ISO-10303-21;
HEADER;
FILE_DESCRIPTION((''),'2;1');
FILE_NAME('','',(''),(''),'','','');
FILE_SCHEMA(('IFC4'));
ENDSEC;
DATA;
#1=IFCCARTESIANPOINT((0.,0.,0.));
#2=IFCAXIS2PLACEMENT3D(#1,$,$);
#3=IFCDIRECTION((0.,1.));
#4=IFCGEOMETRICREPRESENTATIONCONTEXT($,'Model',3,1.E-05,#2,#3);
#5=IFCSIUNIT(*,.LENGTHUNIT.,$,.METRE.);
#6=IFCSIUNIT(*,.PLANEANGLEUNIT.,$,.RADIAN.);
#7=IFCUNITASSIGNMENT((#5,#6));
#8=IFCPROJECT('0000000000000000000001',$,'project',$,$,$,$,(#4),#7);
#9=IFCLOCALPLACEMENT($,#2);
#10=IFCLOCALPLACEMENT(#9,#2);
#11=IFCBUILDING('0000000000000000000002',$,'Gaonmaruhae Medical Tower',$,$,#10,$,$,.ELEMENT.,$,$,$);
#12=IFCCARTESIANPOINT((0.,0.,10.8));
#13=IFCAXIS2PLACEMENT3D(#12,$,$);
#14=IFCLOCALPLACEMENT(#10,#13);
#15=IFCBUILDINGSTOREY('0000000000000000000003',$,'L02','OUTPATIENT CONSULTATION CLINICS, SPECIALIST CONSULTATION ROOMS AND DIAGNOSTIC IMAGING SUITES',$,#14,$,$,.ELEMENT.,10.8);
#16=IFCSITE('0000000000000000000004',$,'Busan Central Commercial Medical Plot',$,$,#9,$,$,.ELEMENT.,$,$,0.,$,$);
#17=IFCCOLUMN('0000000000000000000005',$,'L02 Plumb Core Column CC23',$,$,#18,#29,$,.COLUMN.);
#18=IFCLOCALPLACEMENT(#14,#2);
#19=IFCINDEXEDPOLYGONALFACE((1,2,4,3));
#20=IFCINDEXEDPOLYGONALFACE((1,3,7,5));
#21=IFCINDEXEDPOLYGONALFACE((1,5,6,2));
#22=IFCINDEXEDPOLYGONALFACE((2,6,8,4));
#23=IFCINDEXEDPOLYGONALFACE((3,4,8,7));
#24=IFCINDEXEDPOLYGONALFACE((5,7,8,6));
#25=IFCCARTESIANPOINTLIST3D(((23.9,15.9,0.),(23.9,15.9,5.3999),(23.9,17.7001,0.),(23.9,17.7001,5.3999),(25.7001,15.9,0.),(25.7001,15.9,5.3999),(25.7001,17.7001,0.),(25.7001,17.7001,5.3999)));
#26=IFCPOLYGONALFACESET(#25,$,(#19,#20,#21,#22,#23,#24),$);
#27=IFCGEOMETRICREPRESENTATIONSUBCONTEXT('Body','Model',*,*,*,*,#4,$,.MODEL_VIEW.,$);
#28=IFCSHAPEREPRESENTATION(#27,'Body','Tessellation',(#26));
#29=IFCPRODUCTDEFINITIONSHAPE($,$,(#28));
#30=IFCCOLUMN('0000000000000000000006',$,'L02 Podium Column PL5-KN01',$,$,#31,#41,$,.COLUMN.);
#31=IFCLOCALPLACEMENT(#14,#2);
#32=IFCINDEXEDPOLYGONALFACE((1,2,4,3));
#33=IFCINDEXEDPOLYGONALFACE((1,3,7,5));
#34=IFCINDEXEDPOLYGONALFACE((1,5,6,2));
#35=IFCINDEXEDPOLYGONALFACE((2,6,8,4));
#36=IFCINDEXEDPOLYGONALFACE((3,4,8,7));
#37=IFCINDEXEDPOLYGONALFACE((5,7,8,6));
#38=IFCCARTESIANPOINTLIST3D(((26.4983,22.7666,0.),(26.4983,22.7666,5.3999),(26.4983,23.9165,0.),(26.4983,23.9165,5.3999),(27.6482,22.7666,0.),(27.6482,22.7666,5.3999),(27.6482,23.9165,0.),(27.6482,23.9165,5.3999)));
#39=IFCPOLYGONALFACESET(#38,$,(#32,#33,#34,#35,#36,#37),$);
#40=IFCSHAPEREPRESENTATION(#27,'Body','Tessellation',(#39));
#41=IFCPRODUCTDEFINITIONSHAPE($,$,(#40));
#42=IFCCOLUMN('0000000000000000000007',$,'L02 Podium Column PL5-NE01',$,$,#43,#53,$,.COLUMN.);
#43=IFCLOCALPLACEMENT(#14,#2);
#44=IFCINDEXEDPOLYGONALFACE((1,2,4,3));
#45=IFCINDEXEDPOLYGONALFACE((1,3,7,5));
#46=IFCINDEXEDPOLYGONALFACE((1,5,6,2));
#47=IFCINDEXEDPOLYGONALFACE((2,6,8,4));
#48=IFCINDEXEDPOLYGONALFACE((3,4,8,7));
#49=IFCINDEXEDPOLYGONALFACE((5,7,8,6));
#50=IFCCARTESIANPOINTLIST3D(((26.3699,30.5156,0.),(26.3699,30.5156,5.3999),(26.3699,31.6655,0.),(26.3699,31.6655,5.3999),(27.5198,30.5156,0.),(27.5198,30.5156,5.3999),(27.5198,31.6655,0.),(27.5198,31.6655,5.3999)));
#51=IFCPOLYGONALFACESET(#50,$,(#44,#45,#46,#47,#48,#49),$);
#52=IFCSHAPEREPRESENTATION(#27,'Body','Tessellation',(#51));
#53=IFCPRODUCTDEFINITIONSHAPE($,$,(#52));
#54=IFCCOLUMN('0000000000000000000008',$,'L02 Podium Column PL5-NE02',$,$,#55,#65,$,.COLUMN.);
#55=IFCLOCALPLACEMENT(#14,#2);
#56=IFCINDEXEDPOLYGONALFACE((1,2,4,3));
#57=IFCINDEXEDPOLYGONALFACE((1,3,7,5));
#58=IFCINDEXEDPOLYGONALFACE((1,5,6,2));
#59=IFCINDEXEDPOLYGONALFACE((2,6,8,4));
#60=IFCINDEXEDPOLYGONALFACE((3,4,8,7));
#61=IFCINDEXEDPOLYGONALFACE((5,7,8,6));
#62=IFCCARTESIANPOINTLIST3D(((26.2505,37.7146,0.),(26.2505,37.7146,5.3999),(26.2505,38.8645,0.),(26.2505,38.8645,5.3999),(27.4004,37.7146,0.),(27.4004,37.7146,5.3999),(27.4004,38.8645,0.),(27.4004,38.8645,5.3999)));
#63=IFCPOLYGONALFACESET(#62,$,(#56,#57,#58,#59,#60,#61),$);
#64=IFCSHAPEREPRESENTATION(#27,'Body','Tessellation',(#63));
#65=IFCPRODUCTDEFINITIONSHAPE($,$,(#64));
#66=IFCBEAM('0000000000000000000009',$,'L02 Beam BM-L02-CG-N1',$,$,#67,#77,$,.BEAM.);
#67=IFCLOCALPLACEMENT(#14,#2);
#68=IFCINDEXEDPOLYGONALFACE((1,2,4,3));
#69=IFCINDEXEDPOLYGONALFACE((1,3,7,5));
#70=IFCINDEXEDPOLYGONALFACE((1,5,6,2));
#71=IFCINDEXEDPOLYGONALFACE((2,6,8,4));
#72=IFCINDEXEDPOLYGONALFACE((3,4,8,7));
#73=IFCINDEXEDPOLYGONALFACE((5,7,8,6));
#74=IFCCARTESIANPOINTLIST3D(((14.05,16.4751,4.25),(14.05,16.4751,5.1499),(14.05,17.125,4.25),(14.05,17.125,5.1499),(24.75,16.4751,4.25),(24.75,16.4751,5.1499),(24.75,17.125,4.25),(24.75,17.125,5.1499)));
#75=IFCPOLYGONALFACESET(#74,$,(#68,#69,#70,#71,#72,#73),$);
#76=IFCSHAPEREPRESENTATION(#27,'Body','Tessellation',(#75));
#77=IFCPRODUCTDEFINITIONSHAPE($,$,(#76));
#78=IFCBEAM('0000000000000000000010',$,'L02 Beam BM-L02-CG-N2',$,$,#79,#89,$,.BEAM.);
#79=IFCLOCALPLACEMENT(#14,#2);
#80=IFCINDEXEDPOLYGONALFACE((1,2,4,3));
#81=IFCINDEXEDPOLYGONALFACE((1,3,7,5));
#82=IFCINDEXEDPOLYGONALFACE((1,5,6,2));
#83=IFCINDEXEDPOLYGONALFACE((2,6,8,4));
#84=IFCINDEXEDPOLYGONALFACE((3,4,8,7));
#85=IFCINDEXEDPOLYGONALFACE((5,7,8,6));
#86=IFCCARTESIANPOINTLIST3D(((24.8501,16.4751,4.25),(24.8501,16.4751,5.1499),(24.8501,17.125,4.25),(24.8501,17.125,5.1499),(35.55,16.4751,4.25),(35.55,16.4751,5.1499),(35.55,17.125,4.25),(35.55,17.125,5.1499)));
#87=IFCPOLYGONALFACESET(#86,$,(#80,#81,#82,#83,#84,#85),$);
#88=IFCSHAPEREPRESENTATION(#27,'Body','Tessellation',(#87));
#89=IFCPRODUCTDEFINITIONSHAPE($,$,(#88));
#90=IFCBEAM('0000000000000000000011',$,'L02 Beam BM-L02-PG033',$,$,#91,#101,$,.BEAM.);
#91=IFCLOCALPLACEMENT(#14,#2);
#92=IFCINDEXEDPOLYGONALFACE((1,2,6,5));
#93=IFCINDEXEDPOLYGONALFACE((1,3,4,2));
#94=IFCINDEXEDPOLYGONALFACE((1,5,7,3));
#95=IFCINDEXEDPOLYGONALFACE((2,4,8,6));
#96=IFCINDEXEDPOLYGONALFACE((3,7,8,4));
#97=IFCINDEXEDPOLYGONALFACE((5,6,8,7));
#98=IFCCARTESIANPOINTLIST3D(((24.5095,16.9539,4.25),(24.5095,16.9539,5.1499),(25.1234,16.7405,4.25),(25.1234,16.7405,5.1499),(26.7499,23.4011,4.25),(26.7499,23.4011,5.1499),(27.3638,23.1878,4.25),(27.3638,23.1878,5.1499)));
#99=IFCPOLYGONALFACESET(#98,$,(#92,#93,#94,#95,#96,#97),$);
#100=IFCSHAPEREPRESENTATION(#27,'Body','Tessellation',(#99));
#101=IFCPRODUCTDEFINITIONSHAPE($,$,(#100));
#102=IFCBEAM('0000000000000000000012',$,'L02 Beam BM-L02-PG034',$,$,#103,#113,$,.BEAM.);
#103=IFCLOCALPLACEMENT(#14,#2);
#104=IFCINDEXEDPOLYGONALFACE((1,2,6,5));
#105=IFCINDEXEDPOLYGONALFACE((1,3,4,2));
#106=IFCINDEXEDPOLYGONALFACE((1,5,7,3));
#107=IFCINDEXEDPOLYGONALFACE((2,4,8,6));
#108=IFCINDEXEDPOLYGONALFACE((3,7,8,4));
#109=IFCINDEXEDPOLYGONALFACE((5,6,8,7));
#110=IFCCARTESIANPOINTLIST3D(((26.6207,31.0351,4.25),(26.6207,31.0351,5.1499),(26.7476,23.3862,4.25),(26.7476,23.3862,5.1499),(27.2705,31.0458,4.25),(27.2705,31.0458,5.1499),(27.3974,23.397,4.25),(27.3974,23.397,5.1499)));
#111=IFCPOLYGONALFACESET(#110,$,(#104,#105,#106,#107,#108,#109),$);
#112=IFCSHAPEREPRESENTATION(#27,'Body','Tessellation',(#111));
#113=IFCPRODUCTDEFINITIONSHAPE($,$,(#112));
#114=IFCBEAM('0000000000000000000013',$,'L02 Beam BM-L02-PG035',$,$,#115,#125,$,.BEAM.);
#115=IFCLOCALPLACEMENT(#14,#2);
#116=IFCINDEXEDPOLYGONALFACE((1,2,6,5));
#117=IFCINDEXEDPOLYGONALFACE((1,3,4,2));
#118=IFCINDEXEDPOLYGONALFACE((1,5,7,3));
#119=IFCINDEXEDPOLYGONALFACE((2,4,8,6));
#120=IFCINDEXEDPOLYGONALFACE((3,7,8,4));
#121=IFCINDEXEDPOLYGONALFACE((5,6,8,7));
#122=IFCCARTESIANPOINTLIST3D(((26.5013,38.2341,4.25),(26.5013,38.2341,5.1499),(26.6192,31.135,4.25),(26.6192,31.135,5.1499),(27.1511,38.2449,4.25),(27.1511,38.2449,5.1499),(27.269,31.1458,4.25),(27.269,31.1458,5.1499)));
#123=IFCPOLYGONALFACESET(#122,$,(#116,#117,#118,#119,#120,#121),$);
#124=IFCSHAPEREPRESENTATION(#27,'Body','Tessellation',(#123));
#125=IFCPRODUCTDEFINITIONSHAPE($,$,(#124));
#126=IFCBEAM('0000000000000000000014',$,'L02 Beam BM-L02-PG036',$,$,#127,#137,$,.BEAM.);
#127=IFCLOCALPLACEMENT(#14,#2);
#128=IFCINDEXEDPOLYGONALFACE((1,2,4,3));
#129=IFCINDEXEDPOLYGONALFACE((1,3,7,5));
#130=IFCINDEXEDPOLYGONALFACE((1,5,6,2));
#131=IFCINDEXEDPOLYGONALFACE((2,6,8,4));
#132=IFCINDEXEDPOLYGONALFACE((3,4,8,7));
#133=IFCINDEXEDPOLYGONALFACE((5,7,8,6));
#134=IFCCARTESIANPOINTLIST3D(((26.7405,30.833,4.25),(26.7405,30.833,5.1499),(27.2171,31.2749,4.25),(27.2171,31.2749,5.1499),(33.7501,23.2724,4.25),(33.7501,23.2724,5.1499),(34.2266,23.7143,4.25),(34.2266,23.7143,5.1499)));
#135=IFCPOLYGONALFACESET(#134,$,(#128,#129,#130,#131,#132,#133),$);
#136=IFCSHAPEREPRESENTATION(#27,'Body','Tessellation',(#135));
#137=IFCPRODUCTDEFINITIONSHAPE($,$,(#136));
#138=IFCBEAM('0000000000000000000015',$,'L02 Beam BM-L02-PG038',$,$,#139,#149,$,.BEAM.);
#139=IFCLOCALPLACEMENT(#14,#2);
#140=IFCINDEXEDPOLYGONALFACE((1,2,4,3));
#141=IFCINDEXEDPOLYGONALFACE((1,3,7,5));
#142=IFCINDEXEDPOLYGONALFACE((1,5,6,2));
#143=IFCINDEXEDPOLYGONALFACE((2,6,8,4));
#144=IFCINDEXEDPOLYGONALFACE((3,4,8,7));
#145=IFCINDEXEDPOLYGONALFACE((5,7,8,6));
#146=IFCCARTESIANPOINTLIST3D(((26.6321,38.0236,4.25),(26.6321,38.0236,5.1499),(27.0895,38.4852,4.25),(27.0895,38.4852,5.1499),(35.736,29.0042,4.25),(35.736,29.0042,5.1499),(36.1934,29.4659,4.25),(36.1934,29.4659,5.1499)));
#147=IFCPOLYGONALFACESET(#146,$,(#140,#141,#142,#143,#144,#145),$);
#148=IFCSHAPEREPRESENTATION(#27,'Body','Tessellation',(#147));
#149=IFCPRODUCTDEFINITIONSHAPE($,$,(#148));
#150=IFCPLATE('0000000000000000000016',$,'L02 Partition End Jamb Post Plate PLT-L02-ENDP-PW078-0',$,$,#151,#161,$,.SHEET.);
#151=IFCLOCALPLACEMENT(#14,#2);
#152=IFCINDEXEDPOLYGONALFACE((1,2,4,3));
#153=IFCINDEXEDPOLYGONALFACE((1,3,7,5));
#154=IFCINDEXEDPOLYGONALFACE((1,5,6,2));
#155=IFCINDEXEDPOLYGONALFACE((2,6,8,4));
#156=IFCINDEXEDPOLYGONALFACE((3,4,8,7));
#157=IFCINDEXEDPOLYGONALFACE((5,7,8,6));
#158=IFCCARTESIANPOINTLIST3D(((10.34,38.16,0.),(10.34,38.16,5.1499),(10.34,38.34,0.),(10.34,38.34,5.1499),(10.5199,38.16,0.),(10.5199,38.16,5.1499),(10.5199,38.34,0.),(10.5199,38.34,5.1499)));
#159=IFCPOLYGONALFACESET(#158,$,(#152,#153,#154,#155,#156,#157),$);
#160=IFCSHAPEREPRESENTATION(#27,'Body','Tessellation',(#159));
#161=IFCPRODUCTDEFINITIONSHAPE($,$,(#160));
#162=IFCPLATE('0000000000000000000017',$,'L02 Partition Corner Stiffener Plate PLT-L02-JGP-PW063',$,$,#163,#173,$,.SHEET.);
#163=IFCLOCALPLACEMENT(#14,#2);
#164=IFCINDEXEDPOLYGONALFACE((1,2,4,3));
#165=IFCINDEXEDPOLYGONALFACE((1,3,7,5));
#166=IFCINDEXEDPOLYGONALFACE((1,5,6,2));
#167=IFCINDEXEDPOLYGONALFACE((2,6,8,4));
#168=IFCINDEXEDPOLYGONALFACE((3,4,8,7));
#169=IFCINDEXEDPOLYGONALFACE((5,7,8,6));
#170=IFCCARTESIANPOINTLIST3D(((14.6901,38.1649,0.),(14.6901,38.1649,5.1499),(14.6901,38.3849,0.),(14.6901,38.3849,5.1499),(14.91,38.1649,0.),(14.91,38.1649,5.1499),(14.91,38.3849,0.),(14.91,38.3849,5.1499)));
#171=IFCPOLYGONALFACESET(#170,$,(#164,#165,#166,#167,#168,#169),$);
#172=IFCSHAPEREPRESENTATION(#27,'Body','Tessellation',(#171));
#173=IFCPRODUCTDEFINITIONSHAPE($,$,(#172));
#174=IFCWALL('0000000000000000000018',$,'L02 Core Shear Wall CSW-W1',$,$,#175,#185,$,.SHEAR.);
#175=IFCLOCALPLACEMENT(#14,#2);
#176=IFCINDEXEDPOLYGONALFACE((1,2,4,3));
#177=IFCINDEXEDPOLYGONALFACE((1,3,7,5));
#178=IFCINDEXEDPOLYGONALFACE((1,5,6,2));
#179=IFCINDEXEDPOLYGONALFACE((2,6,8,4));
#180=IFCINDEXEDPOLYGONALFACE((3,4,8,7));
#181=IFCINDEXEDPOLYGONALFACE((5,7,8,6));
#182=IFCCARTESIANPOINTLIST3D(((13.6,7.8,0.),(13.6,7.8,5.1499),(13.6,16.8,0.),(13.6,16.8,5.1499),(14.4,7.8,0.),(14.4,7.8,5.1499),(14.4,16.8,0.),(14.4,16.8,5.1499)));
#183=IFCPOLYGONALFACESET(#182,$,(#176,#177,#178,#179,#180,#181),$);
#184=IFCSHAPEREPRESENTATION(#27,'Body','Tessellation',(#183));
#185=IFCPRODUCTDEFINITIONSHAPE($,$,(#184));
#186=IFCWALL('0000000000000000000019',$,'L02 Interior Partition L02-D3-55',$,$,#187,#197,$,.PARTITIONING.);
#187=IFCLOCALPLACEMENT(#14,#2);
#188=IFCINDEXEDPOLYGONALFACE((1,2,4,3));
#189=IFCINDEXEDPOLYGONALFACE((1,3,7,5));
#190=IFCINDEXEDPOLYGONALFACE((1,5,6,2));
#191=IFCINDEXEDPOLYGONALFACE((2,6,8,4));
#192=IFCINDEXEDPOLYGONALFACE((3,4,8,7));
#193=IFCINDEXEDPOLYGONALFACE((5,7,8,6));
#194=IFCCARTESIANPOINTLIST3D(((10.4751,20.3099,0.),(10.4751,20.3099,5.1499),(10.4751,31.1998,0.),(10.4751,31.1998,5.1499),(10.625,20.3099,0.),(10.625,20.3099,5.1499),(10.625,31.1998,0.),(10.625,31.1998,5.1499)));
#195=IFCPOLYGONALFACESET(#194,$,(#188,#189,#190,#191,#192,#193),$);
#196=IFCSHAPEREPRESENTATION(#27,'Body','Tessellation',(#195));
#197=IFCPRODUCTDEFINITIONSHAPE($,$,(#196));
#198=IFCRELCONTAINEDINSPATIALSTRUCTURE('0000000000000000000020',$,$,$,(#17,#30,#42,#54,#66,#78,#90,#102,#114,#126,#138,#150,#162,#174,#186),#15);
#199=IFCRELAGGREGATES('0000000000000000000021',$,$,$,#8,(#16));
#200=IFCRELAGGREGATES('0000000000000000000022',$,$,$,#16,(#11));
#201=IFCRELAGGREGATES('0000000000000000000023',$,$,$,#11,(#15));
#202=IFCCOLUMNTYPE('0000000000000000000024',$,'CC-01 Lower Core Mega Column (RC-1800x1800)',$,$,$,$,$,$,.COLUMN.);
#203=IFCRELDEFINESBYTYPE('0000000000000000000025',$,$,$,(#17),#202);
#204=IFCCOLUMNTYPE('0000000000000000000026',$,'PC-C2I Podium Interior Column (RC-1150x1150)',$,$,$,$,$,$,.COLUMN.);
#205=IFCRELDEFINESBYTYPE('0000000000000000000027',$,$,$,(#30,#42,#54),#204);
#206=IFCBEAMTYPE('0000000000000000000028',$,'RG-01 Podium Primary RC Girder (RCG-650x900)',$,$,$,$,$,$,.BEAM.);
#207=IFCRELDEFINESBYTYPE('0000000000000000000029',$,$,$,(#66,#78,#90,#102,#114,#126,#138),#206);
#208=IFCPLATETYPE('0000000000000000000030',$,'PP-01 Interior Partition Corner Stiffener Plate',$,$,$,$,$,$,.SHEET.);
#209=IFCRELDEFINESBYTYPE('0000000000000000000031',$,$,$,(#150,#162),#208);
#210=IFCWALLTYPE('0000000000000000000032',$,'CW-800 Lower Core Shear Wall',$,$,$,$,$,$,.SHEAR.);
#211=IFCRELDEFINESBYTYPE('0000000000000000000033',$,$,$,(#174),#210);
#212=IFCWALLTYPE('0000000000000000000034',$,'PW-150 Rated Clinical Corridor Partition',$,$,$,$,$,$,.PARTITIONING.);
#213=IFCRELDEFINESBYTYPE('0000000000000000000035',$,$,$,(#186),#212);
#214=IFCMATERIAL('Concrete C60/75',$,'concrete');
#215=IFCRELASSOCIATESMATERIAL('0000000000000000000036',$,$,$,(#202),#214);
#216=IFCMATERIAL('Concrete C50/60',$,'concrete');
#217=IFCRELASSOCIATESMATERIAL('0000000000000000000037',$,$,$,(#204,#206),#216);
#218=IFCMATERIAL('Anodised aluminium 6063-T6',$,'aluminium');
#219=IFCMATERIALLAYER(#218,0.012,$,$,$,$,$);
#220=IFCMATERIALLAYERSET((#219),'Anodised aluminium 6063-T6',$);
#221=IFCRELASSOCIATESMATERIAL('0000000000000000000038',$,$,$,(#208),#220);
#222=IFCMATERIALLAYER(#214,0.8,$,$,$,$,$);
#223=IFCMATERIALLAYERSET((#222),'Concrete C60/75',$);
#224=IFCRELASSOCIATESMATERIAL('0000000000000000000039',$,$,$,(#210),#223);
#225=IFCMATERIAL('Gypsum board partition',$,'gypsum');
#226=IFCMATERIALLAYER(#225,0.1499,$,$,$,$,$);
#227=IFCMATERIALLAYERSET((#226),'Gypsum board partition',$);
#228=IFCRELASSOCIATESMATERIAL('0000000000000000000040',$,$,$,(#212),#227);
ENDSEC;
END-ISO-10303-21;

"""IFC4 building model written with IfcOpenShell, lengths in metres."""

from ifc_helpers import new_model, si_unit, direction, frame, frame_2d, origin, origin_2d, place, context, subcontext, project, spatial, rectangle, extrude, material, layer, layer_set, material_profile, profile_set, type_object, element, save


model = new_model("IFC4")

# Units and contexts
model_context = context("Model", 3, precision=1e-05, world=origin(), true_north=direction((0.0, 1.0)))
body_context = subcontext(model_context, "Body", "Model", "MODEL_VIEW")
ifc_project = project(units=[si_unit("LENGTHUNIT", "METRE"), si_unit("PLANEANGLEUNIT", "RADIAN")], contexts=[model_context])

# Site, building, storey
site_placement = place(None, origin())
site = spatial("IfcSite", under=ifc_project, at=site_placement, Name="Busan Central Commercial Medical Plot", CompositionType="ELEMENT", RefElevation=0.0)
building_placement = place(site_placement, origin())
building = spatial("IfcBuilding", under=site, at=building_placement, Name="Gaonmaruhae Medical Tower", CompositionType="ELEMENT")
storey_placement = place(building_placement, frame((0.0, 0.0, 10.8)))
storey = spatial("IfcBuildingStorey", under=building, at=storey_placement, Name="L02", Description="OUTPATIENT CONSULTATION CLINICS, SPECIALIST CONSULTATION ROOMS AND DIAGNOSTIC IMAGING SUITES", CompositionType="ELEMENT", Elevation=10.8)

# Columns
ifc_material_1 = material(Name="Concrete C60/75", Category="concrete")
ifc_material_profile_1 = material_profile(ifc_material_1, rectangle(XDim=1.8, YDim=1.8, at=origin_2d()), Name="RC-1800x1800")
ifc_profile_set_1 = profile_set([ifc_material_profile_1], Name="Concrete C60/75")
column_type_1 = type_object("IfcColumnType", Name="CC-01 Lower Core Mega Column (RC-1800x1800)", PredefinedType="COLUMN", material=ifc_profile_set_1)
column_placement = place(storey_placement, frame((24.8, 16.8, 0.0), z_axis=(0.0, 0.0, 1.0), x_axis=(1.0, 0.0, 0.0)))
element("IfcColumn", 1, at=column_placement, inside=storey, type_object=column_type_1, Name="L02 Plumb Core Column CC23", PredefinedType="COLUMN", context=body_context, shape_type="SweptSolid", body=[
    extrude(rectangle(XDim=1.8, YDim=1.8, at=origin_2d()), origin(), (0.0, 0.0, 1.0), 5.3999),
])
ifc_material_2 = material(Name="Concrete C50/60", Category="concrete")
ifc_material_profile_2 = material_profile(ifc_material_2, rectangle(XDim=1.1499, YDim=1.1499, at=origin_2d()), Name="RC-1150x1150")
ifc_profile_set_2 = profile_set([ifc_material_profile_2], Name="Concrete C50/60")
column_type_2 = type_object("IfcColumnType", Name="PC-C2I Podium Interior Column (RC-1150x1150)", PredefinedType="COLUMN", material=ifc_profile_set_2)
for number, where, z_axis, x_axis, name in (
    (2, (27.0732, 23.3416, 0.0), (0.0, 0.0, 1.0), (1.0, 0.0, 0.0), "L02 Podium Column PL5-KN01"),
    (3, (26.9448, 31.0906, 0.0), (0.0, 0.0, 1.0), (1.0, 0.0, 0.0), "L02 Podium Column PL5-NE01"),
    (4, (26.8254, 38.2896, 0.0), (0.0, 0.0, 1.0), (1.0, 0.0, 0.0), "L02 Podium Column PL5-NE02"),
):
    element("IfcColumn", number, at=place(storey_placement, frame(where, z_axis=z_axis, x_axis=x_axis)), inside=storey, type_object=column_type_2, Name=name, PredefinedType="COLUMN", context=body_context, shape_type="SweptSolid", body=[
        extrude(rectangle(XDim=1.1499, YDim=1.1499, at=origin_2d()), origin(), (0.0, 0.0, 1.0), 5.3999),
    ])

# Beams
ifc_material_profile_3 = material_profile(ifc_material_2, rectangle(XDim=0.6499, YDim=0.8999, at=origin_2d()), Name="RCG-650x900")
ifc_profile_set_3 = profile_set([ifc_material_profile_3], Name="Concrete C50/60")
beam_type = type_object("IfcBeamType", Name="RG-01 Podium Primary RC Girder (RCG-650x900)", PredefinedType="BEAM", material=ifc_profile_set_3)
for number, where, z_axis, x_axis, name in (
    (5, (14.05, 16.8, 4.7), (1.0, 0.0, 0.0), (0.0, 1.0, 0.0), "L02 Beam BM-L02-CG-N1"),
    (6, (24.8501, 16.8, 4.7), (1.0, 0.0, 0.0), (0.0, 1.0, 0.0), "L02 Beam BM-L02-CG-N2"),
):
    element("IfcBeam", number, at=place(storey_placement, frame(where, z_axis=z_axis, x_axis=x_axis)), inside=storey, type_object=beam_type, Name=name, PredefinedType="BEAM", context=body_context, shape_type="SweptSolid", body=[
        extrude(rectangle(XDim=0.6499, YDim=0.8999, at=origin_2d()), origin(), (0.0, 0.0, 1.0), 10.7),
    ])
beam_1_placement = place(storey_placement, frame((27.0569, 23.2944, 4.7), z_axis=(-0.328253, -0.94459, 0.0), x_axis=(0.94459, -0.328253, 0.0)))
element("IfcBeam", 7, at=beam_1_placement, inside=storey, type_object=beam_type, Name="L02 Beam BM-L02-PG033", PredefinedType="BEAM", context=body_context, shape_type="SweptSolid", body=[
    extrude(rectangle(XDim=0.6499, YDim=0.8999, at=origin_2d()), origin(), (0.0, 0.0, 1.0), 6.8254),
])
beam_2_placement = place(storey_placement, frame((27.0725, 23.3916, 4.7), z_axis=(-0.016595, 0.999862, 0.0), x_axis=(-0.999862, -0.016595, 0.0)))
element("IfcBeam", 8, at=beam_2_placement, inside=storey, type_object=beam_type, Name="L02 Beam BM-L02-PG034", PredefinedType="BEAM", context=body_context, shape_type="SweptSolid", body=[
    extrude(rectangle(XDim=0.6499, YDim=0.8999, at=origin_2d()), origin(), (0.0, 0.0, 1.0), 7.6499),
])
beam_3_placement = place(storey_placement, frame((26.9441, 31.1404, 4.7), z_axis=(-0.016608, 0.999862, 0.0), x_axis=(-0.999862, -0.016608, 0.0)))
element("IfcBeam", 9, at=beam_3_placement, inside=storey, type_object=beam_type, Name="L02 Beam BM-L02-PG035", PredefinedType="BEAM", context=body_context, shape_type="SweptSolid", body=[
    extrude(rectangle(XDim=0.6499, YDim=0.8999, at=origin_2d()), origin(), (0.0, 0.0, 1.0), 7.1001),
])
beam_4_placement = place(storey_placement, frame((26.9788, 31.054, 4.7), z_axis=(0.679879, -0.733325, 0.0), x_axis=(0.733325, 0.679879, 0.0)))
element("IfcBeam", 10, at=beam_4_placement, inside=storey, type_object=beam_type, Name="L02 Beam BM-L02-PG036", PredefinedType="BEAM", context=body_context, shape_type="SweptSolid", body=[
    extrude(rectangle(XDim=0.6499, YDim=0.8999, at=origin_2d()), origin(), (0.0, 0.0, 1.0), 10.3101),
])
beam_5_placement = place(storey_placement, frame((26.8608, 38.2544, 4.7), z_axis=(0.710395, -0.703803, 0.0), x_axis=(0.703803, 0.710395, 0.0)))
element("IfcBeam", 11, at=beam_5_placement, inside=storey, type_object=beam_type, Name="L02 Beam BM-L02-PG038", PredefinedType="BEAM", context=body_context, shape_type="SweptSolid", body=[
    extrude(rectangle(XDim=0.6499, YDim=0.8999, at=origin_2d()), origin(), (0.0, 0.0, 1.0), 12.8152),
])

# Plates
ifc_material_3 = material(Name="Anodised aluminium 6063-T6", Category="aluminium")
ifc_layer_1 = layer(ifc_material_3, 0.012)
ifc_layer_set_1 = layer_set([ifc_layer_1], Name="Anodised aluminium 6063-T6")
plate_type = type_object("IfcPlateType", Name="PP-01 Interior Partition Corner Stiffener Plate", PredefinedType="SHEET", material=ifc_layer_set_1)
plate_1_placement = place(storey_placement, frame((10.4299, 38.25, 0.0), z_axis=(0.0, 0.0, 1.0), x_axis=(-1.0, 0.0, 0.0)))
element("IfcPlate", 12, at=plate_1_placement, inside=storey, type_object=plate_type, Name="L02 Partition End Jamb Post Plate PLT-L02-ENDP-PW078-0", PredefinedType="SHEET", context=body_context, shape_type="SweptSolid", body=[
    extrude(rectangle(XDim=0.1799, YDim=0.1799, at=origin_2d()), origin(), (0.0, 0.0, 1.0), 5.1499),
])
plate_2_placement = place(storey_placement, frame((14.8, 38.2749, 0.0), z_axis=(0.0, 0.0, 1.0), x_axis=(0.0, 1.0, 0.0)))
element("IfcPlate", 13, at=plate_2_placement, inside=storey, type_object=plate_type, Name="L02 Partition Corner Stiffener Plate PLT-L02-JGP-PW063", PredefinedType="SHEET", context=body_context, shape_type="SweptSolid", body=[
    extrude(rectangle(XDim=0.22, YDim=0.22, at=origin_2d()), origin(), (0.0, 0.0, 1.0), 5.1499),
])

# Walls
ifc_layer_2 = layer(ifc_material_1, 0.8)
ifc_layer_set_2 = layer_set([ifc_layer_2], Name="Concrete C60/75")
wall_type_1 = type_object("IfcWallType", Name="CW-800 Lower Core Shear Wall", PredefinedType="SHEAR", material=ifc_layer_set_2)
wall_1_placement = place(storey_placement, frame((14.0, 16.8, 0.0), z_axis=(0.0, 0.0, 1.0), x_axis=(0.0, -1.0, 0.0)))
element("IfcWall", 14, at=wall_1_placement, inside=storey, type_object=wall_type_1, Name="L02 Core Shear Wall CSW-W1", PredefinedType="SHEAR", context=body_context, shape_type="SweptSolid", body=[
    extrude(rectangle(XDim=9.0, YDim=0.8, at=frame_2d((4.5, 0.0))), origin(), (0.0, 0.0, 1.0), 5.1499),
])
ifc_material_4 = material(Name="Gypsum board partition", Category="gypsum")
ifc_layer_3 = layer(ifc_material_4, 0.1499)
ifc_layer_set_3 = layer_set([ifc_layer_3], Name="Gypsum board partition")
wall_type_2 = type_object("IfcWallType", Name="PW-150 Rated Clinical Corridor Partition", PredefinedType="PARTITIONING", material=ifc_layer_set_3)
wall_2_placement = place(storey_placement, frame((10.55, 20.3101, 0.0), z_axis=(0.0, 0.0, 1.0), x_axis=(0.0, 1.0, 0.0)))
element("IfcWall", 15, at=wall_2_placement, inside=storey, type_object=wall_type_2, Name="L02 Interior Partition L02-D3-55", PredefinedType="PARTITIONING", context=body_context, shape_type="SweptSolid", body=[
    extrude(rectangle(XDim=10.8899, YDim=0.1499, at=frame_2d((5.4448, 0.0))), origin(), (0.0, 0.0, 1.0), 5.1499),
])

save(model, "model.ifc")
